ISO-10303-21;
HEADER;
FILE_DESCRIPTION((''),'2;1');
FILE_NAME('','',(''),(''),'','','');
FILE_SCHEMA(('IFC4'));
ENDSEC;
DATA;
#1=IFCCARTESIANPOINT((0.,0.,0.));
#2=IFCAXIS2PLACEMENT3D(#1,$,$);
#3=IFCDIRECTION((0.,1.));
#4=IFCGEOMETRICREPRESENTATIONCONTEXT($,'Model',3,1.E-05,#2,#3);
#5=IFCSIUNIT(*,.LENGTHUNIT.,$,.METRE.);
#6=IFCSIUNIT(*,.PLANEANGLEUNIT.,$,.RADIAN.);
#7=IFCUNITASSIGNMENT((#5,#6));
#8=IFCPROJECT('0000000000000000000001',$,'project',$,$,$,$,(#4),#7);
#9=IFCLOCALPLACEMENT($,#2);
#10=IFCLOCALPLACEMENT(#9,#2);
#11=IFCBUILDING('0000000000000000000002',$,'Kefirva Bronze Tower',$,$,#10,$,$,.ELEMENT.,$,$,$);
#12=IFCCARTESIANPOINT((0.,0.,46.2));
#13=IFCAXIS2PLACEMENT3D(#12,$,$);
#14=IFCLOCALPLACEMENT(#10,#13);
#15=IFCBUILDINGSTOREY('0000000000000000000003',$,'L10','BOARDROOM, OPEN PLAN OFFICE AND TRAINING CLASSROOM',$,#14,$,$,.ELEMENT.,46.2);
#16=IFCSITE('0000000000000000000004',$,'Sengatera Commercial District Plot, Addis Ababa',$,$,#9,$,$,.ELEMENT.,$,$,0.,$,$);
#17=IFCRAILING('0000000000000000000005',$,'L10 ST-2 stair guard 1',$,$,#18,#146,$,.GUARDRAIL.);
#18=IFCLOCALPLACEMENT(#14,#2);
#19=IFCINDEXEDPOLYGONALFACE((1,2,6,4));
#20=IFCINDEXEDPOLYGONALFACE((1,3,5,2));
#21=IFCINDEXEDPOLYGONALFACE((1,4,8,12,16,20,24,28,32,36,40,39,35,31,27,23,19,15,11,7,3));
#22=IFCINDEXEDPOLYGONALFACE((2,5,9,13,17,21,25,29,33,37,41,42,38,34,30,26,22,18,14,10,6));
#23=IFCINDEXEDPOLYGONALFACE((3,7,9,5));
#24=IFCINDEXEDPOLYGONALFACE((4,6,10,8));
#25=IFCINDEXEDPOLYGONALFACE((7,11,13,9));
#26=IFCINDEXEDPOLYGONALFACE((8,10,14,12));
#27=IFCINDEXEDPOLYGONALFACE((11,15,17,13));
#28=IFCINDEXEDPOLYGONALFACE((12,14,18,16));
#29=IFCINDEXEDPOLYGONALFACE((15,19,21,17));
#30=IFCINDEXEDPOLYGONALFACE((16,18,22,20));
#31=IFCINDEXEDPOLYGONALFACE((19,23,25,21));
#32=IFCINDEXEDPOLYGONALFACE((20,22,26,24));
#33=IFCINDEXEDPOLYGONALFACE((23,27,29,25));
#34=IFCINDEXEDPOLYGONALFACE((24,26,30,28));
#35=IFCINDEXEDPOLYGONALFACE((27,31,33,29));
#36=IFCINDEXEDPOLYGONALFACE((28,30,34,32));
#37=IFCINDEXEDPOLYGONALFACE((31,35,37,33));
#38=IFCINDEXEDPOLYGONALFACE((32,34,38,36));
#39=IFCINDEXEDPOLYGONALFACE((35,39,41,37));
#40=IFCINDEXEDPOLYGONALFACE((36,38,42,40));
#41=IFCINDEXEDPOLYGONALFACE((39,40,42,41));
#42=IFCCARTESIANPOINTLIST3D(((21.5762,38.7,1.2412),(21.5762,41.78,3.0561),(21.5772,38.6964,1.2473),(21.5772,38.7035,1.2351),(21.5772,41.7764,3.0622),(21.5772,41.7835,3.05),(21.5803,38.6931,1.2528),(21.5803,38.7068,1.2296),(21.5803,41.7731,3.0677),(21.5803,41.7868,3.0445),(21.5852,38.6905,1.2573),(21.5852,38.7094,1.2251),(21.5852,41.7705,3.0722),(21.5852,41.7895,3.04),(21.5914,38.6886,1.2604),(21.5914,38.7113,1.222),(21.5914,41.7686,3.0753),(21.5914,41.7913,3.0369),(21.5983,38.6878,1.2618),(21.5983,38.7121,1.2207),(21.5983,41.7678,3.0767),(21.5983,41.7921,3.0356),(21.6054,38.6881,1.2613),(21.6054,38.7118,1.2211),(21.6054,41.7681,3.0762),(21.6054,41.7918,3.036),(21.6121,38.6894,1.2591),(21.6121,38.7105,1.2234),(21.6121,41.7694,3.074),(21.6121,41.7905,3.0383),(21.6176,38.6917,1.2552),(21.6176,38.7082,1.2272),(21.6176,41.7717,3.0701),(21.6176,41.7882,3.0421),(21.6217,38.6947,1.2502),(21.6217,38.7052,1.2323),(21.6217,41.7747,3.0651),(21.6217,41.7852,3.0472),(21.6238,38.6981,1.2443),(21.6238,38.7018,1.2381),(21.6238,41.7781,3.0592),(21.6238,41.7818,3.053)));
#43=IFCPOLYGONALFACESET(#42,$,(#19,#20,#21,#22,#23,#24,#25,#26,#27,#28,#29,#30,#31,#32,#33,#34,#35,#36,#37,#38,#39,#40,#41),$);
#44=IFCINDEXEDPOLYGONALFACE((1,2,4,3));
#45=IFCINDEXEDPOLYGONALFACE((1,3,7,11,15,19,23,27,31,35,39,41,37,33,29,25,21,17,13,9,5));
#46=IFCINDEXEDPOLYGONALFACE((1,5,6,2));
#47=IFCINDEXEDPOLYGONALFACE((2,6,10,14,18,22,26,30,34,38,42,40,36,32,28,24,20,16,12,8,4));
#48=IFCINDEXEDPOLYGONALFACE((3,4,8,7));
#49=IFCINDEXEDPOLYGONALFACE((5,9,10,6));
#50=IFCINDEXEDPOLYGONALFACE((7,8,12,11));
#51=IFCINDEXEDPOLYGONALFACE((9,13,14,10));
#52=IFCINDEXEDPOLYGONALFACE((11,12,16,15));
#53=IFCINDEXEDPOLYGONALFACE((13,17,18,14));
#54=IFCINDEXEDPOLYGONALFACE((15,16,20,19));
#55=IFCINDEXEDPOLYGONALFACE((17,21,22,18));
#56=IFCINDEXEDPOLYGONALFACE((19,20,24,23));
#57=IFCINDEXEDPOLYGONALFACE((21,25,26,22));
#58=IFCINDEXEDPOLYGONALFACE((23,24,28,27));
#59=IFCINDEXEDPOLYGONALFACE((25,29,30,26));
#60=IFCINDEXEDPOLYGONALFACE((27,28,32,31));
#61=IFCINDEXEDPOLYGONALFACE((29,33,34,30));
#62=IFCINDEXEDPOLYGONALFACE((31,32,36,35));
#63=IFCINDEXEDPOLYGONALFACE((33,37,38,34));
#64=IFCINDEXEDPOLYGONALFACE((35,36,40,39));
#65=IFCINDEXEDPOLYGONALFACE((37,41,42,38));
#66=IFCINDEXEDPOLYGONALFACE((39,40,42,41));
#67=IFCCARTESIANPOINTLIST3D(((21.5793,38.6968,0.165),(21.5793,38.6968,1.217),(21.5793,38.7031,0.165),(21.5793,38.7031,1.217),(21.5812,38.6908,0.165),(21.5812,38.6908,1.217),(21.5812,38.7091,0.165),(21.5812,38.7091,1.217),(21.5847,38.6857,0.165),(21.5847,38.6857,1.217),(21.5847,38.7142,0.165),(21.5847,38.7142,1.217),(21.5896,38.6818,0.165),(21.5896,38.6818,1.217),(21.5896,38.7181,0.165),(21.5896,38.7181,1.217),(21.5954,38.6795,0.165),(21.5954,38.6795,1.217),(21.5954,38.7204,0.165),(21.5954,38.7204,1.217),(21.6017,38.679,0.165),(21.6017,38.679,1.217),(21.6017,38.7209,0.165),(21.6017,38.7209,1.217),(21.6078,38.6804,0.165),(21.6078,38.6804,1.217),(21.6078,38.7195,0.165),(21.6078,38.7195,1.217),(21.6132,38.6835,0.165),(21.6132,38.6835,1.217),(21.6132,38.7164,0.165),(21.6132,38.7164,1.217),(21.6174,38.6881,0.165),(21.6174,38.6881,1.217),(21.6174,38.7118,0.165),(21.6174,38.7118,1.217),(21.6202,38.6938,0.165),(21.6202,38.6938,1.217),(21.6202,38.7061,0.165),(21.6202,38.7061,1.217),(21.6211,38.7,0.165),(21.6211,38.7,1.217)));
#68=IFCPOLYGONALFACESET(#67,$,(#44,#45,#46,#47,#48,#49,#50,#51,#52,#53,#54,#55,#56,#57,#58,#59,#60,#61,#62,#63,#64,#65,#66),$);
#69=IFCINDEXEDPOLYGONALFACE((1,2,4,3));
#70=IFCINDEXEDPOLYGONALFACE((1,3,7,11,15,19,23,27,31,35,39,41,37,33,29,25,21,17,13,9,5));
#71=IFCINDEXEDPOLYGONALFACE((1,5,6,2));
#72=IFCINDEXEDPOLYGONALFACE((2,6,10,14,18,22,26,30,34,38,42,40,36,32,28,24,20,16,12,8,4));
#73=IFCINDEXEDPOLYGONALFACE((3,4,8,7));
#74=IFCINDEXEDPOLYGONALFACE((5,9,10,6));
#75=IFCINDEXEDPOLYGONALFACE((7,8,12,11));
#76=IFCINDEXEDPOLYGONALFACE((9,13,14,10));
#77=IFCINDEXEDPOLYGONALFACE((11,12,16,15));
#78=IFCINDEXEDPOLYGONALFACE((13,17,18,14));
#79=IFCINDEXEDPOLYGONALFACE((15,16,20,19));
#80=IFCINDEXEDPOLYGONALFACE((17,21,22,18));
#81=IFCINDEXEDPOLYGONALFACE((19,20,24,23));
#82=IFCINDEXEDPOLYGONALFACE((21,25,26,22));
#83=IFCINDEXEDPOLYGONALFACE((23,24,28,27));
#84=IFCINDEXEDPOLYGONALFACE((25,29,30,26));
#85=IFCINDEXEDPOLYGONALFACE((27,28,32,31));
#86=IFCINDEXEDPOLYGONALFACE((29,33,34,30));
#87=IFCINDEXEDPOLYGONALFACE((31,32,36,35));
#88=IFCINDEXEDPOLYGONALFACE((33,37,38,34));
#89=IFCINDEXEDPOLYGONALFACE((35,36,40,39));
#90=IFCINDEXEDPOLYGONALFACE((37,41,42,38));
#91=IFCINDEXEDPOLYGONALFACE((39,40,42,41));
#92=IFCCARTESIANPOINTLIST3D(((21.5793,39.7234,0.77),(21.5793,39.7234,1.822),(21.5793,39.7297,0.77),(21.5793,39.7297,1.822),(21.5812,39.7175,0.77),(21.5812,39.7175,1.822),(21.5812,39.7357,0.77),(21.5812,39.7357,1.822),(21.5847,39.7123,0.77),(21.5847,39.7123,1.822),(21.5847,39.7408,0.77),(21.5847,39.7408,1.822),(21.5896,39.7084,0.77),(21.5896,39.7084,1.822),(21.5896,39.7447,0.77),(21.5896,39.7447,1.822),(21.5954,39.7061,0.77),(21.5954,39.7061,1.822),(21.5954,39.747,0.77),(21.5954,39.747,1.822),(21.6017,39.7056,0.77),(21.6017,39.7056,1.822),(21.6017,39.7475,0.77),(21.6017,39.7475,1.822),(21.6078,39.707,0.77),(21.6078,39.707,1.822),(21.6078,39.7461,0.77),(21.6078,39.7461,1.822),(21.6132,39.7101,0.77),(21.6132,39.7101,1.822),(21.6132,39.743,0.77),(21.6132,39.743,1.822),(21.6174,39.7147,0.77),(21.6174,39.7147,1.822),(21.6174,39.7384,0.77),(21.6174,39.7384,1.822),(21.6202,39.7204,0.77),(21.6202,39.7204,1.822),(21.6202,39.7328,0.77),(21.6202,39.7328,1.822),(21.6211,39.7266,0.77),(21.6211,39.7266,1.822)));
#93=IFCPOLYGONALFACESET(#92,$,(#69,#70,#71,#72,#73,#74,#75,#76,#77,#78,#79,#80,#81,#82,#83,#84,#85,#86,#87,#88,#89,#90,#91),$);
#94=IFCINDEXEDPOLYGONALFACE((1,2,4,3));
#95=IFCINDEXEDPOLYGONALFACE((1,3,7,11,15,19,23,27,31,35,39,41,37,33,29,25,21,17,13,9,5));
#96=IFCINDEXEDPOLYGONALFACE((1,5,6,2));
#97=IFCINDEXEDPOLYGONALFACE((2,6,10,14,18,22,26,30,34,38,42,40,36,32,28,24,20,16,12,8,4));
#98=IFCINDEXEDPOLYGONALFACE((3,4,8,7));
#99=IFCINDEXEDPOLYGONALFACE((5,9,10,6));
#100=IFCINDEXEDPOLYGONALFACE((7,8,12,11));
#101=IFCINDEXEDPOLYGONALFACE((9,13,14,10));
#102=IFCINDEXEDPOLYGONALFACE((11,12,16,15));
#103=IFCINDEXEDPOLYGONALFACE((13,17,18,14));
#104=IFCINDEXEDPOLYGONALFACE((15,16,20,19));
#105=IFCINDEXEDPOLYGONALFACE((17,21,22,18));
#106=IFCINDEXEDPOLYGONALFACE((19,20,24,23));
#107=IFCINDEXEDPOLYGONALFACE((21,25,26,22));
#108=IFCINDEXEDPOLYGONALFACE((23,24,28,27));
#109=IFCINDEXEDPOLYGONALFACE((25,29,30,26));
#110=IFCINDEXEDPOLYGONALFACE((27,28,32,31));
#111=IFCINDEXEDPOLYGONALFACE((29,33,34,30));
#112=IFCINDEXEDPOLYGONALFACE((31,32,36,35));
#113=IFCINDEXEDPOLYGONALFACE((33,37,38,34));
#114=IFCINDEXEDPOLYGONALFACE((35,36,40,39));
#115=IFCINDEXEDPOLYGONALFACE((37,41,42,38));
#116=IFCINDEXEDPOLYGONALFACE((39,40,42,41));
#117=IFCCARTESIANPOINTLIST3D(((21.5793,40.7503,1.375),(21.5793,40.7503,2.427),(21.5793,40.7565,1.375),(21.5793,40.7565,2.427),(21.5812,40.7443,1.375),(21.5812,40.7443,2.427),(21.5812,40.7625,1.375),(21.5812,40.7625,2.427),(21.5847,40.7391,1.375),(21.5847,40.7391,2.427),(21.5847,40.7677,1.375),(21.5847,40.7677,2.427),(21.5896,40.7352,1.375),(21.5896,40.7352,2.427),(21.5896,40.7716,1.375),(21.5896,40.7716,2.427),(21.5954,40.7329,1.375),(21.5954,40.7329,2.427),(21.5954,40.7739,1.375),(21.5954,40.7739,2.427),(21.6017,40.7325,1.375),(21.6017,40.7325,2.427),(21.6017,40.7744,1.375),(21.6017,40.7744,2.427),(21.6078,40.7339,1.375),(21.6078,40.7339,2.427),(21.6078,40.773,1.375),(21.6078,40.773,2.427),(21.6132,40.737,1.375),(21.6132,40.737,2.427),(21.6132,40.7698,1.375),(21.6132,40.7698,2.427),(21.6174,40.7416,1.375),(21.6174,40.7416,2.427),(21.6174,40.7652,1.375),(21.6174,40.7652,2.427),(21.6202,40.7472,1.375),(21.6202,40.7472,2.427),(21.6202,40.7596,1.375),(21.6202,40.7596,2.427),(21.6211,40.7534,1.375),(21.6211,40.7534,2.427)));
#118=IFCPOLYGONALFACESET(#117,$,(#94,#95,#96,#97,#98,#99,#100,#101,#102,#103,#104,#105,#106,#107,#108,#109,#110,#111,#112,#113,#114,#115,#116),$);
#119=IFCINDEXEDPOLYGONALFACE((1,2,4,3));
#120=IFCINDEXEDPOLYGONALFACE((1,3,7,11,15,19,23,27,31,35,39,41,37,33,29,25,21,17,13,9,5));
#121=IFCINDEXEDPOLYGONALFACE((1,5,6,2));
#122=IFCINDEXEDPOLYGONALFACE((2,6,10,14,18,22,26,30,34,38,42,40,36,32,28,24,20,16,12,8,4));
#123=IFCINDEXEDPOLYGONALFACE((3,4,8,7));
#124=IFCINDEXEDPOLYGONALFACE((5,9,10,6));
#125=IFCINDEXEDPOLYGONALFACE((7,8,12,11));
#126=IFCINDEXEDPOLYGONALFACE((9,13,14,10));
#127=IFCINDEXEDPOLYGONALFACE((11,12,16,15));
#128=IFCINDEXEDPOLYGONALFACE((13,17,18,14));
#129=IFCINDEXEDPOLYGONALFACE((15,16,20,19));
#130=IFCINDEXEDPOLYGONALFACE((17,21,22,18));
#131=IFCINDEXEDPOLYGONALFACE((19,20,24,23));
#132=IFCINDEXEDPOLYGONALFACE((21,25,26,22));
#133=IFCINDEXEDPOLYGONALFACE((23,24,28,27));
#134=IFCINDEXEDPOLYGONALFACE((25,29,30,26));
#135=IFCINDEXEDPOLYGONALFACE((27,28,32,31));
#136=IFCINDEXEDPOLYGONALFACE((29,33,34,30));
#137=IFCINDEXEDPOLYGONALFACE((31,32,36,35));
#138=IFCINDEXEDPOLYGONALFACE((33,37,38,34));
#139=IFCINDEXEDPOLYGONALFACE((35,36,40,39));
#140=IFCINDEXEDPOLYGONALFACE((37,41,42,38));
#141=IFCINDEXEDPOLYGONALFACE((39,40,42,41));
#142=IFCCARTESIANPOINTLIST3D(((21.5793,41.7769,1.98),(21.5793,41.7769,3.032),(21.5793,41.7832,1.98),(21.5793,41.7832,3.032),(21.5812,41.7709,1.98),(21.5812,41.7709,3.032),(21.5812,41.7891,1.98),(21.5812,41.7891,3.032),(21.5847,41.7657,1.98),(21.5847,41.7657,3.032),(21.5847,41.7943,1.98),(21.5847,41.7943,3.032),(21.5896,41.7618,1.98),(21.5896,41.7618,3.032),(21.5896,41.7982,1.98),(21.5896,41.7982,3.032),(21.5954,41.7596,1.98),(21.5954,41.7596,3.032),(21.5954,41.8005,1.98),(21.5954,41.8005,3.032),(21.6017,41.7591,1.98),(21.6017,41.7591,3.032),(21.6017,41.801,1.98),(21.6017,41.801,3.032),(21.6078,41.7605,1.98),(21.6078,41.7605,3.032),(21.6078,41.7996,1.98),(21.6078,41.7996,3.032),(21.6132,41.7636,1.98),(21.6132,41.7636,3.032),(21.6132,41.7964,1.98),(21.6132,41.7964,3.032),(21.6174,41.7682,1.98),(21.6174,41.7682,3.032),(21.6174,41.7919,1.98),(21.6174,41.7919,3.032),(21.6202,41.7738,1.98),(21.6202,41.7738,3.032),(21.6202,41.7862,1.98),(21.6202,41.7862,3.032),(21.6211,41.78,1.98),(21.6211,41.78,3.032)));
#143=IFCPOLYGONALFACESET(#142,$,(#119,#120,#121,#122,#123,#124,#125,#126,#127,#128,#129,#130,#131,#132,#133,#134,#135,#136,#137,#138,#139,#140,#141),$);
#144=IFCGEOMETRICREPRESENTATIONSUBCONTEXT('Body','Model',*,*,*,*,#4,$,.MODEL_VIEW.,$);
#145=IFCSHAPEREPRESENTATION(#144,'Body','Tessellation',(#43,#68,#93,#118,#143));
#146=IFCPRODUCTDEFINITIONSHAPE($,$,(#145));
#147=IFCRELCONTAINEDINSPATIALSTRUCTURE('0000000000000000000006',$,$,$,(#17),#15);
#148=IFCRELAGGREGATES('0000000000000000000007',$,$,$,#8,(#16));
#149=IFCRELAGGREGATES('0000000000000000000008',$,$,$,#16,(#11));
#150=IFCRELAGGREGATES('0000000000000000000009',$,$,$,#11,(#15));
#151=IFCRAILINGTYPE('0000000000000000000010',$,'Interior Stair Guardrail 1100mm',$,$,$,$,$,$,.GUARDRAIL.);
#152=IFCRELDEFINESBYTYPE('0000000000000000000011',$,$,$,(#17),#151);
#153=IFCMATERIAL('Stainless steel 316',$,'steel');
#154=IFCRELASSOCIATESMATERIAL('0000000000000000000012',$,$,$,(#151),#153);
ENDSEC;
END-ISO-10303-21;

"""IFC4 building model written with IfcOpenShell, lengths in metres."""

from ifc_helpers import new_model, si_unit, direction, frame, origin, origin_2d, place, context, subcontext, project, spatial, circle, extrude, material, type_object, element, save


model = new_model("IFC4")

# Units and contexts
model_context = context("Model", 3, precision=1e-05, world=origin(), true_north=direction((0.0, 1.0)))
body_context = subcontext(model_context, "Body", "Model", "MODEL_VIEW")
ifc_project = project(units=[si_unit("LENGTHUNIT", "METRE"), si_unit("PLANEANGLEUNIT", "RADIAN")], contexts=[model_context])

# Site, building, storey
site_placement = place(None, origin())
site = spatial("IfcSite", under=ifc_project, at=site_placement, Name="Sengatera Commercial District Plot, Addis Ababa", CompositionType="ELEMENT", RefElevation=0.0)
building_placement = place(site_placement, origin())
building = spatial("IfcBuilding", under=site, at=building_placement, Name="Kefirva Bronze Tower", CompositionType="ELEMENT")
storey_placement = place(building_placement, frame((0.0, 0.0, 46.2)))
storey = spatial("IfcBuildingStorey", under=building, at=storey_placement, Name="L10", Description="BOARDROOM, OPEN PLAN OFFICE AND TRAINING CLASSROOM", CompositionType="ELEMENT", Elevation=46.2)

# Railing
ifc_material_1 = material(Name="Stainless steel 316", Category="steel")
railing_type_1 = type_object("IfcRailingType", Name="Interior Stair Guardrail 1100mm", PredefinedType="GUARDRAIL", material=ifc_material_1)
railing_1_placement = place(storey_placement, frame((21.6001, 38.7, 0.165)))
element("IfcRailing", 1, at=railing_1_placement, inside=storey, type_object=railing_type_1, Name="L10 ST-2 stair guard 1", PredefinedType="GUARDRAIL", context=body_context, shape_type="SweptSolid", body=[
    extrude(circle(Radius=0.0239, at=origin_2d()), frame((0.0, 0.0, 1.0762), z_axis=(0.0, 0.861551, 0.507671), x_axis=(-1.0, 0.0, 0.0)), (0.0, 0.0, 1.0), 3.575),
    extrude(circle(Radius=0.021, at=origin_2d()), origin(), (0.0, 0.0, 1.0), 1.052),
    extrude(circle(Radius=0.021, at=origin_2d()), frame((0.0, 1.0266, 0.605)), (0.0, 0.0, 1.0), 1.052),
    extrude(circle(Radius=0.021, at=origin_2d()), frame((0.0, 2.0535, 1.21)), (0.0, 0.0, 1.0), 1.052),
    extrude(circle(Radius=0.021, at=origin_2d()), frame((0.0, 3.0801, 1.8149)), (0.0, 0.0, 1.0), 1.052),
])

save(model, "model.ifc")
